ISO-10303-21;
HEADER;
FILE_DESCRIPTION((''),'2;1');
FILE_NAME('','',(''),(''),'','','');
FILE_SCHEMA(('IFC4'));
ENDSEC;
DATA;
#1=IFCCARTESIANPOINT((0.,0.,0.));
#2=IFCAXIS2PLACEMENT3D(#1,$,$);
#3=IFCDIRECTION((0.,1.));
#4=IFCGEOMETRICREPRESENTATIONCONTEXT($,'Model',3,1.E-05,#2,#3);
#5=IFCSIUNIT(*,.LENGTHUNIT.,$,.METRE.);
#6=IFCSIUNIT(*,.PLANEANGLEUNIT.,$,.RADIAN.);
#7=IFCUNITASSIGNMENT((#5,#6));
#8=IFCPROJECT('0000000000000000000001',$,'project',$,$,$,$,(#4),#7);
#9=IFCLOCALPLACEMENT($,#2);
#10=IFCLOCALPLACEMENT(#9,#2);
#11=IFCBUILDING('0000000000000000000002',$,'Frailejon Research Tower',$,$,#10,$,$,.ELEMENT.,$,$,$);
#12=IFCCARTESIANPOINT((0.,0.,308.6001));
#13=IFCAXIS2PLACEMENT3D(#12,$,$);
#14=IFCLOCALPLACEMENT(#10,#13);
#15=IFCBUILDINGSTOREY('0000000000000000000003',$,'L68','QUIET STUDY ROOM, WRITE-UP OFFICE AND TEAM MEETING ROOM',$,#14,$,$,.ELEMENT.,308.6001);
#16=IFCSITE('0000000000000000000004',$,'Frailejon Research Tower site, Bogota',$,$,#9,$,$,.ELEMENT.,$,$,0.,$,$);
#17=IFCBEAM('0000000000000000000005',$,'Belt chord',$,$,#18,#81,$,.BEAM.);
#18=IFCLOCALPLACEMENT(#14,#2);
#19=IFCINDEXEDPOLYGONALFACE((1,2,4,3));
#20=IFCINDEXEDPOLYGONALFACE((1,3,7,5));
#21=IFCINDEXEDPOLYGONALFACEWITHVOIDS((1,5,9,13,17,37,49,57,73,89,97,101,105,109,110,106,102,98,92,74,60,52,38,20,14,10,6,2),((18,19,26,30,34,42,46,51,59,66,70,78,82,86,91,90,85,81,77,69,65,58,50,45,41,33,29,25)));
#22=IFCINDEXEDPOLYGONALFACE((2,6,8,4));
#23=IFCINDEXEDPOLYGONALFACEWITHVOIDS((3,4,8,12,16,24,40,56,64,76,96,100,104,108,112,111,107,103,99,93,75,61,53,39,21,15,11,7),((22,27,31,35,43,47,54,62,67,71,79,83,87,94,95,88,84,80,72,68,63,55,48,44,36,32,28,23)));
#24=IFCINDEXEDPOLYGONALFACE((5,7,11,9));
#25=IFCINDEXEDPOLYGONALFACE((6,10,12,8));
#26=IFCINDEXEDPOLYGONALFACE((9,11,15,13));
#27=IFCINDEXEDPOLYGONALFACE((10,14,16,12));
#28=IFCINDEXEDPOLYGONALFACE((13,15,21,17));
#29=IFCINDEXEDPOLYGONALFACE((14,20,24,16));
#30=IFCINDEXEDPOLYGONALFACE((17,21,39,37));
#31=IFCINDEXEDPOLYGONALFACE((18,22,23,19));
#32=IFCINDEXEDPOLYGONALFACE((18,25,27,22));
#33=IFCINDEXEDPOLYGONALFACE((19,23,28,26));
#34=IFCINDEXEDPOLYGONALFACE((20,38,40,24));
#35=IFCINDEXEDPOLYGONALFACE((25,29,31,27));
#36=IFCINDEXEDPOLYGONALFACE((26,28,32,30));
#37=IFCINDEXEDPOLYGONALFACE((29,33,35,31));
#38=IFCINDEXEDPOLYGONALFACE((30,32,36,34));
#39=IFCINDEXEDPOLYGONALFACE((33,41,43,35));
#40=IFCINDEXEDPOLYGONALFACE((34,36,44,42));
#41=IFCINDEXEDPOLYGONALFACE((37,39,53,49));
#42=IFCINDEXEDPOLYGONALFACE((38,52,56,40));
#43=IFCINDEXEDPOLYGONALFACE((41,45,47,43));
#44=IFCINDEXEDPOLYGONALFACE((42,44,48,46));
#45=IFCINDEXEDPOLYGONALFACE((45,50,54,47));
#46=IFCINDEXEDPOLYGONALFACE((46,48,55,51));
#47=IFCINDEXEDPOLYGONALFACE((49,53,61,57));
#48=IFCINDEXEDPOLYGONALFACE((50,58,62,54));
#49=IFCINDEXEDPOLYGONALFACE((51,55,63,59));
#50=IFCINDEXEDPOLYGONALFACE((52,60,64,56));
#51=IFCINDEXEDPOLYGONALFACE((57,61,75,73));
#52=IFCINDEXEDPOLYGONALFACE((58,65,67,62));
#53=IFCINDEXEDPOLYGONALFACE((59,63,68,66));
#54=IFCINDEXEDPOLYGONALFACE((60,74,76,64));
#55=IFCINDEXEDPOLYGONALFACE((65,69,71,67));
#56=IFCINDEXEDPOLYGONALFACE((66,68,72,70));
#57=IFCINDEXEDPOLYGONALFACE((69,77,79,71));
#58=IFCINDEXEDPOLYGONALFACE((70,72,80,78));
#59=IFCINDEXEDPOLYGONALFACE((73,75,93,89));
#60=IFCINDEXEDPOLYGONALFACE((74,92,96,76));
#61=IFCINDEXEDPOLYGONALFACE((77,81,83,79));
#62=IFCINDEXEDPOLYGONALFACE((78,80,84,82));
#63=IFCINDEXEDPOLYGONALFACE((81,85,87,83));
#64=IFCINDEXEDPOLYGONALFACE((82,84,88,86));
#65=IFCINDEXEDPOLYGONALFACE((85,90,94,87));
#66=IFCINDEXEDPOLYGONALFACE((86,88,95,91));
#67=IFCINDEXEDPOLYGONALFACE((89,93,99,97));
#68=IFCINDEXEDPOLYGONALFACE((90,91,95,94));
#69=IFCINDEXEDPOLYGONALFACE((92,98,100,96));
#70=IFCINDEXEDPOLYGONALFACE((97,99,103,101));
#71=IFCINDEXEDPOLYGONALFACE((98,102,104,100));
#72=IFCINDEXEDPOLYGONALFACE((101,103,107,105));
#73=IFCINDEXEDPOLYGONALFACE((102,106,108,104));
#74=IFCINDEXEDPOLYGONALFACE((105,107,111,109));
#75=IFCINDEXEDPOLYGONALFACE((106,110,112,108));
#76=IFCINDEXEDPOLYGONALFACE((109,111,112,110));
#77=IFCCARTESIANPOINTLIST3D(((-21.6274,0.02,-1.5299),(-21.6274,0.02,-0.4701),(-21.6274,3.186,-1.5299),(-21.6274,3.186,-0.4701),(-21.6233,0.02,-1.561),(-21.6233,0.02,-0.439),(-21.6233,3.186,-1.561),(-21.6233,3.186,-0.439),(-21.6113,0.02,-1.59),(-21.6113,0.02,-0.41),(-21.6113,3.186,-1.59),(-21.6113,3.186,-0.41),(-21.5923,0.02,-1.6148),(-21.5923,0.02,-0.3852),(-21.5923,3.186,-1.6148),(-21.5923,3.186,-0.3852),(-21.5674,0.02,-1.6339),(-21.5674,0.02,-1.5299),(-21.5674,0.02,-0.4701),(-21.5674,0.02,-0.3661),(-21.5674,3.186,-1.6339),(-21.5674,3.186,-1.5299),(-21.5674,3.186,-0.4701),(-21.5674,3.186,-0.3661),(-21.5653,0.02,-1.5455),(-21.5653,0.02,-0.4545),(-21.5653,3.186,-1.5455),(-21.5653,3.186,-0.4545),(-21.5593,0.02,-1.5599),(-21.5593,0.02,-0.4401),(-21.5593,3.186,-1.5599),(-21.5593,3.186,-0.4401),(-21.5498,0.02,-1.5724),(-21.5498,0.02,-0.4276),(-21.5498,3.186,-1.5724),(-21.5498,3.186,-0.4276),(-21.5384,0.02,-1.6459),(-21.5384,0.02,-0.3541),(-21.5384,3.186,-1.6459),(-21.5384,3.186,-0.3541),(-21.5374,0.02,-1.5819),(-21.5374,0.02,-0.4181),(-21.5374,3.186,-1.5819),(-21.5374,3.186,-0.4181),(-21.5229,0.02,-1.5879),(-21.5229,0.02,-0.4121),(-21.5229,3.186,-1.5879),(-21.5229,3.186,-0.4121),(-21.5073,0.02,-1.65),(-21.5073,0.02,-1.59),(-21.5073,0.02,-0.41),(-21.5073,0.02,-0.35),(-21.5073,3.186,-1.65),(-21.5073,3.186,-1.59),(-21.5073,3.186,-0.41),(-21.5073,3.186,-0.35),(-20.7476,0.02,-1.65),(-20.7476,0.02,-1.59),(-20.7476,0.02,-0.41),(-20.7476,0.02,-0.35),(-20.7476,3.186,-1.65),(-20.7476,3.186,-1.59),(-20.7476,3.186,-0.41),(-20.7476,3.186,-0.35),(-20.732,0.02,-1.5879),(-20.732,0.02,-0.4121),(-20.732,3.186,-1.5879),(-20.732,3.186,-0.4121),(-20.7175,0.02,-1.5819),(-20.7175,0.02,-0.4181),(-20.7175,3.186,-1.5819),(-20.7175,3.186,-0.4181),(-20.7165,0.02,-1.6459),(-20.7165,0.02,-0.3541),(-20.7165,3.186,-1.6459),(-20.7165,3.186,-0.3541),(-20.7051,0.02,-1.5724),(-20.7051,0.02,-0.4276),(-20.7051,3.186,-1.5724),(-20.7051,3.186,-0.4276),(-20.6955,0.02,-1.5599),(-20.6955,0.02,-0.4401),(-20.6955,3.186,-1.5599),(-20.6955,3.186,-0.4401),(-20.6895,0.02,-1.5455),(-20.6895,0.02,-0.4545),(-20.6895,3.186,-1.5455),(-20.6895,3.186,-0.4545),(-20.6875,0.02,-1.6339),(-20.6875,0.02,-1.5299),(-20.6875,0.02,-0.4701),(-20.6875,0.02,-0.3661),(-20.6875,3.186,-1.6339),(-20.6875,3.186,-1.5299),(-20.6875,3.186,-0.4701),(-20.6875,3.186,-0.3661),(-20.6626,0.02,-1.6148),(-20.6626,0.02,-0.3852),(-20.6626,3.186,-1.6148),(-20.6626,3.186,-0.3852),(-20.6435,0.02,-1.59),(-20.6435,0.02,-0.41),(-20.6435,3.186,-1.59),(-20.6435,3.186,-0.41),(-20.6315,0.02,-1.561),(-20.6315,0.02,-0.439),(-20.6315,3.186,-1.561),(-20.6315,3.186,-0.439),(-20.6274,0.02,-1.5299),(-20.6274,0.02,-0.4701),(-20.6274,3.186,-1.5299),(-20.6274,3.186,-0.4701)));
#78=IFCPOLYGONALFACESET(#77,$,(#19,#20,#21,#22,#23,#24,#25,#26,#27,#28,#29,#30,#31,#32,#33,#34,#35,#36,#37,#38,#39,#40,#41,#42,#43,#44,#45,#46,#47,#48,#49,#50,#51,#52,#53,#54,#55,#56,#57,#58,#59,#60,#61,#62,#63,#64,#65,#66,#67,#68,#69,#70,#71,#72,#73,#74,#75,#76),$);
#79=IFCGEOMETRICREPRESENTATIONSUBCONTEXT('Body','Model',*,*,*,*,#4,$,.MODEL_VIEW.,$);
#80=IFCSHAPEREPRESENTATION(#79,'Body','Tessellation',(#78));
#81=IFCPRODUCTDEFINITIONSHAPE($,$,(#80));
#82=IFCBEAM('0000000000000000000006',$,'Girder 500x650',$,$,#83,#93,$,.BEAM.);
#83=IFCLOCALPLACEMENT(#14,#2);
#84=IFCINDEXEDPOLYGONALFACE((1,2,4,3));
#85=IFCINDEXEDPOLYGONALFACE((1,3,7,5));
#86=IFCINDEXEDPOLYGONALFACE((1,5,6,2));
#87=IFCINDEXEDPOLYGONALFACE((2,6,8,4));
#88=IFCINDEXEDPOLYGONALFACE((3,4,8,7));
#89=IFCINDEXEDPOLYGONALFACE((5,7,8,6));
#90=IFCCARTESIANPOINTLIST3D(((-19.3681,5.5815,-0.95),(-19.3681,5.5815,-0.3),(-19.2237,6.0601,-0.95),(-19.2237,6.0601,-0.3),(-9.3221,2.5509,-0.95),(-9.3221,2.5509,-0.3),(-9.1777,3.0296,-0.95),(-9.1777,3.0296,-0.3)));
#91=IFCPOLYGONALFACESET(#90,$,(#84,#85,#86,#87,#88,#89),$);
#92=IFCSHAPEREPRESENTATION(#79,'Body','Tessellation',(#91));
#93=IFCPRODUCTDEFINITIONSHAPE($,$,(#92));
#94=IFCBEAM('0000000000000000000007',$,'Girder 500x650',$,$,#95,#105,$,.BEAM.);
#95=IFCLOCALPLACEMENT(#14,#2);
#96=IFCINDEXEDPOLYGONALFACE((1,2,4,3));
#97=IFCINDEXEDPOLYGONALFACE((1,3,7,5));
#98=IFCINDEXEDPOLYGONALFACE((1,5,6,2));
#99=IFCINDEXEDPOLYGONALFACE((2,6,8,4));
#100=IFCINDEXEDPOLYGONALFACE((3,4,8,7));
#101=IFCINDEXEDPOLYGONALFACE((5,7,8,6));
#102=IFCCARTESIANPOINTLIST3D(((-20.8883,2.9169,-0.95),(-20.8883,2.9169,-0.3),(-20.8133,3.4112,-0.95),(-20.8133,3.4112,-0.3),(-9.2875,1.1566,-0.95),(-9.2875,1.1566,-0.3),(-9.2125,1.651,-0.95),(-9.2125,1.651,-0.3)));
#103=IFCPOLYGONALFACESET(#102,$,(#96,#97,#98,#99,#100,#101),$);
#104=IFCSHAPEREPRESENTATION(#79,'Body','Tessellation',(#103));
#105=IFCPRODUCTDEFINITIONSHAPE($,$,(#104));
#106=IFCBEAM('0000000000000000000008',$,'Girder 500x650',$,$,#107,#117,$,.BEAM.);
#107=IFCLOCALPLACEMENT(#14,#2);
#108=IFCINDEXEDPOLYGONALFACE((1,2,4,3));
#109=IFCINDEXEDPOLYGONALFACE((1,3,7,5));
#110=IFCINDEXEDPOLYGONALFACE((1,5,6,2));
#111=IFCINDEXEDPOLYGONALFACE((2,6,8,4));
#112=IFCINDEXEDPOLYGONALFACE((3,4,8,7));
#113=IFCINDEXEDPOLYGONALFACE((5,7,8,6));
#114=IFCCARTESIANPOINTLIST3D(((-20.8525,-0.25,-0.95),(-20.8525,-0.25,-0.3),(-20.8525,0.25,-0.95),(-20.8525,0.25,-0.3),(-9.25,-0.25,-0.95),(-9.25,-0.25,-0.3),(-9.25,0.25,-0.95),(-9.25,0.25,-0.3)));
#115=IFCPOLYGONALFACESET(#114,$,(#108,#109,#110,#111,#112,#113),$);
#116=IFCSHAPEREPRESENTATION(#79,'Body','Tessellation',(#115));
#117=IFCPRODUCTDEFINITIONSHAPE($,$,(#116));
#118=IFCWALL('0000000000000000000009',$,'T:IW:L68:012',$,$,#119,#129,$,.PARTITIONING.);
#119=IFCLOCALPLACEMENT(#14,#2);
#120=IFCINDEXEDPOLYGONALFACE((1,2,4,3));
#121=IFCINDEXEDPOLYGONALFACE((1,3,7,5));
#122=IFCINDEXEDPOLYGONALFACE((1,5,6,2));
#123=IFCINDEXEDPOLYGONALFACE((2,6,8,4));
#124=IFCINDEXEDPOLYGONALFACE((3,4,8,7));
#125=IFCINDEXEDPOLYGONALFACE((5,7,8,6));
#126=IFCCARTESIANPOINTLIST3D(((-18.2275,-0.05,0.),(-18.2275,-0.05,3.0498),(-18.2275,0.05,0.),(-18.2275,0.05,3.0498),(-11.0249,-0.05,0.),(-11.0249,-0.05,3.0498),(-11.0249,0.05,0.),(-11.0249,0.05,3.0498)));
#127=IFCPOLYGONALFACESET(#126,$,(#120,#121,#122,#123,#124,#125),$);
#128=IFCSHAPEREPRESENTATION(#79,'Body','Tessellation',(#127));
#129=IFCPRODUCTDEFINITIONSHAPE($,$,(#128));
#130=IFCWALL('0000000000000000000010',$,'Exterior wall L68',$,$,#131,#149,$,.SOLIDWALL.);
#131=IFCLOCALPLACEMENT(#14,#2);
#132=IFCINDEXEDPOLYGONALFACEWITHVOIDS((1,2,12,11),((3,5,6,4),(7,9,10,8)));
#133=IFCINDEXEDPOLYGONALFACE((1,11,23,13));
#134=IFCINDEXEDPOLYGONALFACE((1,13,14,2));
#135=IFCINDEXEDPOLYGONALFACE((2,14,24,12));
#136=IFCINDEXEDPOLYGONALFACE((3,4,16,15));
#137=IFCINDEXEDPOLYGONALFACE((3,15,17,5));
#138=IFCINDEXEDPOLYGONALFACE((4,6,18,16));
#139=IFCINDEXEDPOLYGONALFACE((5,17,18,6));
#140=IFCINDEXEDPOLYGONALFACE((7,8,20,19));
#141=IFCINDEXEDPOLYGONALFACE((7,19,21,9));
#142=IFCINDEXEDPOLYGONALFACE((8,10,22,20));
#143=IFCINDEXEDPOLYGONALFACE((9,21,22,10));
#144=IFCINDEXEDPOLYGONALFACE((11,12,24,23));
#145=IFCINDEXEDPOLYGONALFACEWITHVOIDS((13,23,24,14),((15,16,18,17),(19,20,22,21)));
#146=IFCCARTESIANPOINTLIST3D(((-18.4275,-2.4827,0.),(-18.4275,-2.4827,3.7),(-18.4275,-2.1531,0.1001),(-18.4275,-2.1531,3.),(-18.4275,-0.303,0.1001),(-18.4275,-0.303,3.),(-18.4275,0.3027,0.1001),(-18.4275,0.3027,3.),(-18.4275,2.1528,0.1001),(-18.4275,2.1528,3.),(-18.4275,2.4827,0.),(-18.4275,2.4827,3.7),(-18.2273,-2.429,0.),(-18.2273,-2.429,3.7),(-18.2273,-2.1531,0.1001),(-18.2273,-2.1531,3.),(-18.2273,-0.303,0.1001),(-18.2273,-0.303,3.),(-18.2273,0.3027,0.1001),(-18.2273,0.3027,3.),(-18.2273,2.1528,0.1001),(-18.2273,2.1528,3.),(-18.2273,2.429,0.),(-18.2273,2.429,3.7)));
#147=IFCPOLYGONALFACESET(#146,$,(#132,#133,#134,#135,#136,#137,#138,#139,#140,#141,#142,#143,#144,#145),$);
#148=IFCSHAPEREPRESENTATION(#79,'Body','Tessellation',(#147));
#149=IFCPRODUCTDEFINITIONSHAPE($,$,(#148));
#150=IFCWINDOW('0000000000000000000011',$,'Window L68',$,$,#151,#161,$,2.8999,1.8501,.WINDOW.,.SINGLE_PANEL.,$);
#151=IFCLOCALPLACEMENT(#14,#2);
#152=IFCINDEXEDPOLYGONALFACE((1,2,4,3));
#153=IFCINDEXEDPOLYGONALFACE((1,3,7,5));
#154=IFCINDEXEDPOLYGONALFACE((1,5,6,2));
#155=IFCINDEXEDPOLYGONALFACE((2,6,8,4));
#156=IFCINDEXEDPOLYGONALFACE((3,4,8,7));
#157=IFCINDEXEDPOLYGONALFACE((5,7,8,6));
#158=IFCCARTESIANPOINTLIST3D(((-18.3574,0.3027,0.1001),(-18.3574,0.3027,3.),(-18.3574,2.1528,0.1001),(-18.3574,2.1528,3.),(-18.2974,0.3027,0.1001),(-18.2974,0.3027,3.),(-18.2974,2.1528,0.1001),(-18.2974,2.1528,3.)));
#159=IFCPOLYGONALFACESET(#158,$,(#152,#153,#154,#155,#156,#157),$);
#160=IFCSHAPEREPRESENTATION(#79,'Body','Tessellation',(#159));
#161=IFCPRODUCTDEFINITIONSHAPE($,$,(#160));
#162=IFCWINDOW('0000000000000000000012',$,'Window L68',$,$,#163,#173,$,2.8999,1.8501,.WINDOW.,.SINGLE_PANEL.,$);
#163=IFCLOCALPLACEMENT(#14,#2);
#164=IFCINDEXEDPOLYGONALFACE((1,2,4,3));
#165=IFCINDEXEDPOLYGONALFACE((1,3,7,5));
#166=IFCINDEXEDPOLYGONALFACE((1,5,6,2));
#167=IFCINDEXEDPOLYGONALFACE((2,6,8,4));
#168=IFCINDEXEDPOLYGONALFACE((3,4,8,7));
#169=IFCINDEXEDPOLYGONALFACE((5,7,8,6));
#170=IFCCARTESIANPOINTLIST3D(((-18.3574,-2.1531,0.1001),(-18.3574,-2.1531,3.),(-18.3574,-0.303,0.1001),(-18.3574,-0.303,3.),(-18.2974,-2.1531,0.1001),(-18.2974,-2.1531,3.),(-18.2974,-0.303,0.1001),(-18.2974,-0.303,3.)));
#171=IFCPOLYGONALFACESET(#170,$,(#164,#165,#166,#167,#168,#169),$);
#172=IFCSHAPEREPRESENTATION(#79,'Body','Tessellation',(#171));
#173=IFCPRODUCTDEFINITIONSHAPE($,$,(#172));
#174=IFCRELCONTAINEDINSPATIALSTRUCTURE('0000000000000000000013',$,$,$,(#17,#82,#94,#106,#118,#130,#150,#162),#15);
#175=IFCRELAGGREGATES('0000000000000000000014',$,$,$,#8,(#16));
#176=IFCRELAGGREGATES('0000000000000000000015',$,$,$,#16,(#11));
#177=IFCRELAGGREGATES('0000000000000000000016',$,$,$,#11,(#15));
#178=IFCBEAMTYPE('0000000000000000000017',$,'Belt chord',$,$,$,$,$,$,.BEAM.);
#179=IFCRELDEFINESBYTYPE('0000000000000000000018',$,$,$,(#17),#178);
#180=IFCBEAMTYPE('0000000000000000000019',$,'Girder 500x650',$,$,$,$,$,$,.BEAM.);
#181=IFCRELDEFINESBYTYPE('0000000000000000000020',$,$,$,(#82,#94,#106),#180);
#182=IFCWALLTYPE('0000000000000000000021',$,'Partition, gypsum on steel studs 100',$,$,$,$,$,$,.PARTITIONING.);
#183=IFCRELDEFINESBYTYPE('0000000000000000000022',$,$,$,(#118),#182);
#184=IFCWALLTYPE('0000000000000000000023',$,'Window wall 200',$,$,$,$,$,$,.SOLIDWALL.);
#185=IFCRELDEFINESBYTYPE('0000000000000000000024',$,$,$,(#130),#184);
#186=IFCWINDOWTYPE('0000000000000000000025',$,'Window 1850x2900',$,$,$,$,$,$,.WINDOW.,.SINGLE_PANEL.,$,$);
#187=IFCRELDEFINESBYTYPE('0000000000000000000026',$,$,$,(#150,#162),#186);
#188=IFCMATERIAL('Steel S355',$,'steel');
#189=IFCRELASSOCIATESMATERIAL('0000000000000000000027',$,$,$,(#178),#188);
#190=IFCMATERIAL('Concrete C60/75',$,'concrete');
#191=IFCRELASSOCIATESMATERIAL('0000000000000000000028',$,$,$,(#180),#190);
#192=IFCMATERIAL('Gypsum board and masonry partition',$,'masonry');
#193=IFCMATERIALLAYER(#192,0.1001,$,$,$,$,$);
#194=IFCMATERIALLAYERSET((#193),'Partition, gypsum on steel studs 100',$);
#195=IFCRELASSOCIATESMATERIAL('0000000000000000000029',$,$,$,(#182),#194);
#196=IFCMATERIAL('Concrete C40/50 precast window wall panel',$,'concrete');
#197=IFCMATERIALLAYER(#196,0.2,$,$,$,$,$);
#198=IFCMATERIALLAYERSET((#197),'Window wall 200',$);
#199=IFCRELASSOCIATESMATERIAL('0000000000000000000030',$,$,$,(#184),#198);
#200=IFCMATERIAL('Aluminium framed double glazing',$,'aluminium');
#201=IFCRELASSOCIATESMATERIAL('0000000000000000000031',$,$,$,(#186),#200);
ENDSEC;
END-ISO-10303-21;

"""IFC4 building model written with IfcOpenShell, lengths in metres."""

from ifc_helpers import new_model, si_unit, direction, frame, frame_2d, origin, origin_2d, place, context, subcontext, project, spatial, polyline, rectangle, hollow_rectangle, outline, extrude, material, layer, layer_set, material_profile, profile_set, type_object, element, fill, save


model = new_model("IFC4")

# Units and contexts
model_context = context("Model", 3, precision=1e-05, world=origin(), true_north=direction((0.0, 1.0)))
body_context = subcontext(model_context, "Body", "Model", "MODEL_VIEW")
ifc_project = project(units=[si_unit("LENGTHUNIT", "METRE"), si_unit("PLANEANGLEUNIT", "RADIAN")], contexts=[model_context])

# Site, building, storey
site_placement = place(None, origin())
site = spatial("IfcSite", under=ifc_project, at=site_placement, Name="Frailejon Research Tower site, Bogota", CompositionType="ELEMENT", RefElevation=0.0)
building_placement = place(site_placement, origin())
building = spatial("IfcBuilding", under=site, at=building_placement, Name="Frailejon Research Tower", CompositionType="ELEMENT")
storey_placement = place(building_placement, frame((0.0, 0.0, 308.6001)))
storey = spatial("IfcBuildingStorey", under=building, at=storey_placement, Name="L68", Description="QUIET STUDY ROOM, WRITE-UP OFFICE AND TEAM MEETING ROOM", CompositionType="ELEMENT", Elevation=308.6001)

# Beams
ifc_material_1 = material(Name="Steel S355", Category="steel")
ifc_material_profile_1 = material_profile(ifc_material_1, hollow_rectangle(XDim=1.0, YDim=1.3, WallThickness=0.0601, InnerFilletRadius=0.0601, OuterFilletRadius=0.1201, at=origin_2d()), Name="Belt chord")
ifc_profile_set_1 = profile_set([ifc_material_profile_1], Name="Steel S355")
beam_type_1 = type_object("IfcBeamType", Name="Belt chord", PredefinedType="BEAM", material=ifc_profile_set_1)
beam_1_placement = place(storey_placement, frame((-21.1274, 3.186, -1.0), z_axis=(0.0, -1.0, 0.0), x_axis=(1.0, 0.0, 0.0)))
element("IfcBeam", 1, at=beam_1_placement, inside=storey, type_object=beam_type_1, Name="Belt chord", PredefinedType="BEAM", context=body_context, shape_type="SweptSolid", body=[
    extrude(hollow_rectangle(XDim=1.0, YDim=1.3, WallThickness=0.0601, InnerFilletRadius=0.0601, OuterFilletRadius=0.1201, at=origin_2d()), origin(), (0.0, 0.0, 1.0), 3.166),
])
ifc_material_2 = material(Name="Concrete C60/75", Category="concrete")
ifc_material_profile_2 = material_profile(ifc_material_2, rectangle(XDim=0.5, YDim=0.6499, at=origin_2d()), Name="Girder 500x650")
ifc_profile_set_2 = profile_set([ifc_material_profile_2], Name="Concrete C60/75")
beam_type_2 = type_object("IfcBeamType", Name="Girder 500x650", PredefinedType="BEAM", material=ifc_profile_set_2)
beam_2_placement = place(storey_placement, frame((-19.2959, 5.8208, -0.625), z_axis=(0.957386, -0.288812, 0.0), x_axis=(0.288812, 0.957386, 0.0)))
element("IfcBeam", 2, at=beam_2_placement, inside=storey, type_object=beam_type_2, Name="Girder 500x650", PredefinedType="BEAM", context=body_context, shape_type="SweptSolid", body=[
    extrude(rectangle(XDim=0.5, YDim=0.6499, at=origin_2d()), origin(), (0.0, 0.0, 1.0), 10.4932),
])
beam_3_placement = place(storey_placement, frame((-20.8508, 3.1641, -0.625), z_axis=(0.988683, -0.150018, 0.0), x_axis=(0.150018, 0.988683, 0.0)))
element("IfcBeam", 3, at=beam_3_placement, inside=storey, type_object=beam_type_2, Name="Girder 500x650", PredefinedType="BEAM", context=body_context, shape_type="SweptSolid", body=[
    extrude(rectangle(XDim=0.5, YDim=0.6499, at=origin_2d()), origin(), (0.0, 0.0, 1.0), 11.7336),
])
beam_4_placement = place(storey_placement, frame((-20.8525, 0.0, -0.625), z_axis=(1.0, 0.0, 0.0), x_axis=(0.0, 1.0, 0.0)))
element("IfcBeam", 4, at=beam_4_placement, inside=storey, type_object=beam_type_2, Name="Girder 500x650", PredefinedType="BEAM", context=body_context, shape_type="SweptSolid", body=[
    extrude(rectangle(XDim=0.5, YDim=0.6499, at=origin_2d()), origin(), (0.0, 0.0, 1.0), 11.6025),
])

# Wall
ifc_material_3 = material(Name="Gypsum board and masonry partition", Category="masonry")
ifc_layer_1 = layer(ifc_material_3, 0.1001)
ifc_layer_set_1 = layer_set([ifc_layer_1], Name="Partition, gypsum on steel studs 100")
wall_type_1 = type_object("IfcWallType", Name="Partition, gypsum on steel studs 100", PredefinedType="PARTITIONING", material=ifc_layer_set_1)
wall_1_placement = place(storey_placement, frame((-18.2275, 0.0, 0.0), z_axis=(0.0, 0.0, 1.0), x_axis=(1.0, 0.0, 0.0)))
element("IfcWall", 5, at=wall_1_placement, inside=storey, type_object=wall_type_1, Name="T:IW:L68:012", PredefinedType="PARTITIONING", context=body_context, shape_type="SweptSolid", body=[
    extrude(rectangle(XDim=7.2026, YDim=0.1001, at=frame_2d((3.6013, 0.0))), origin(), (0.0, 0.0, 1.0), 3.0498),
])

# Wall, openings, windows
ifc_material_4 = material(Name="Concrete C40/50 precast window wall panel", Category="concrete")
ifc_layer_2 = layer(ifc_material_4, 0.2)
ifc_layer_set_2 = layer_set([ifc_layer_2], Name="Window wall 200")
wall_type_2 = type_object("IfcWallType", Name="Window wall 200", PredefinedType="SOLIDWALL", material=ifc_layer_set_2)
wall_2_placement = place(storey_placement, frame((-18.3274, 2.4558, 0.0), z_axis=(0.0, 0.0, 1.0), x_axis=(0.0, -1.0, 0.0)))
wall_2 = element("IfcWall", 6, at=wall_2_placement, inside=storey, type_object=wall_type_2, Name="Exterior wall L68", PredefinedType="SOLIDWALL", context=body_context, shape_type="SweptSolid", body=[
    extrude(outline(polyline([(-0.0269, -0.1001), (1.2144, -0.1001), (2.4558, -0.1001), (3.6973, -0.1001), (4.9385, -0.1001), (4.8848, 0.1001), (3.6704, 0.1001), (2.4558, 0.1001), (1.2412, 0.1001), (0.0269, 0.1001), (-0.0269, -0.1001)])), origin(), (0.0, 0.0, 1.0), 3.7),
])
opening_1_placement = place(wall_2_placement, frame((0.303, 0.0, 0.1001)))
opening_1 = element("IfcOpeningElement", 7, at=opening_1_placement, cuts=wall_2, PredefinedType="OPENING", context=body_context, shape_type="SweptSolid", body=[
    extrude(rectangle(XDim=1.8501, YDim=2.8999, at=frame_2d((0.925, 1.45))), frame((0.0, 0.1099, 0.0), z_axis=(0.0, -1.0, 0.0), x_axis=(1.0, 0.0, 0.0)), (0.0, 0.0, 1.0), 0.22),
])
opening_2_placement = place(wall_2_placement, frame((2.7588, 0.0, 0.1001)))
opening_2 = element("IfcOpeningElement", 8, at=opening_2_placement, cuts=wall_2, PredefinedType="OPENING", context=body_context, shape_type="SweptSolid", body=[
    extrude(rectangle(XDim=1.8501, YDim=2.8999, at=frame_2d((0.925, 1.45))), frame((0.0, 0.1099, 0.0), z_axis=(0.0, -1.0, 0.0), x_axis=(1.0, 0.0, 0.0)), (0.0, 0.0, 1.0), 0.22),
])
ifc_material_5 = material(Name="Aluminium framed double glazing", Category="aluminium")
window_type = type_object("IfcWindowType", Name="Window 1850x2900", PartitioningType="SINGLE_PANEL", PredefinedType="WINDOW", material=ifc_material_5)
window_1_placement = place(opening_1_placement, origin())
window_1 = element("IfcWindow", 9, at=window_1_placement, inside=storey, type_object=window_type, Name="Window L68", OverallHeight=2.8999, OverallWidth=1.8501, PartitioningType="SINGLE_PANEL", PredefinedType="WINDOW", context=body_context, shape_type="SweptSolid", body=[
    extrude(rectangle(XDim=1.8501, YDim=2.8999, at=frame_2d((0.925, 1.45))), frame((0.0, 0.03, 0.0), z_axis=(0.0, -1.0, 0.0), x_axis=(1.0, 0.0, 0.0)), (0.0, 0.0, 1.0), 0.0601),
])
fill(opening_1, window_1)
window_2_placement = place(opening_2_placement, origin())
window_2 = element("IfcWindow", 10, at=window_2_placement, inside=storey, type_object=window_type, Name="Window L68", OverallHeight=2.8999, OverallWidth=1.8501, PartitioningType="SINGLE_PANEL", PredefinedType="WINDOW", context=body_context, shape_type="SweptSolid", body=[
    extrude(rectangle(XDim=1.8501, YDim=2.8999, at=frame_2d((0.925, 1.45))), frame((0.0, 0.03, 0.0), z_axis=(0.0, -1.0, 0.0), x_axis=(1.0, 0.0, 0.0)), (0.0, 0.0, 1.0), 0.0601),
])
fill(opening_2, window_2)

save(model, "model.ifc")
